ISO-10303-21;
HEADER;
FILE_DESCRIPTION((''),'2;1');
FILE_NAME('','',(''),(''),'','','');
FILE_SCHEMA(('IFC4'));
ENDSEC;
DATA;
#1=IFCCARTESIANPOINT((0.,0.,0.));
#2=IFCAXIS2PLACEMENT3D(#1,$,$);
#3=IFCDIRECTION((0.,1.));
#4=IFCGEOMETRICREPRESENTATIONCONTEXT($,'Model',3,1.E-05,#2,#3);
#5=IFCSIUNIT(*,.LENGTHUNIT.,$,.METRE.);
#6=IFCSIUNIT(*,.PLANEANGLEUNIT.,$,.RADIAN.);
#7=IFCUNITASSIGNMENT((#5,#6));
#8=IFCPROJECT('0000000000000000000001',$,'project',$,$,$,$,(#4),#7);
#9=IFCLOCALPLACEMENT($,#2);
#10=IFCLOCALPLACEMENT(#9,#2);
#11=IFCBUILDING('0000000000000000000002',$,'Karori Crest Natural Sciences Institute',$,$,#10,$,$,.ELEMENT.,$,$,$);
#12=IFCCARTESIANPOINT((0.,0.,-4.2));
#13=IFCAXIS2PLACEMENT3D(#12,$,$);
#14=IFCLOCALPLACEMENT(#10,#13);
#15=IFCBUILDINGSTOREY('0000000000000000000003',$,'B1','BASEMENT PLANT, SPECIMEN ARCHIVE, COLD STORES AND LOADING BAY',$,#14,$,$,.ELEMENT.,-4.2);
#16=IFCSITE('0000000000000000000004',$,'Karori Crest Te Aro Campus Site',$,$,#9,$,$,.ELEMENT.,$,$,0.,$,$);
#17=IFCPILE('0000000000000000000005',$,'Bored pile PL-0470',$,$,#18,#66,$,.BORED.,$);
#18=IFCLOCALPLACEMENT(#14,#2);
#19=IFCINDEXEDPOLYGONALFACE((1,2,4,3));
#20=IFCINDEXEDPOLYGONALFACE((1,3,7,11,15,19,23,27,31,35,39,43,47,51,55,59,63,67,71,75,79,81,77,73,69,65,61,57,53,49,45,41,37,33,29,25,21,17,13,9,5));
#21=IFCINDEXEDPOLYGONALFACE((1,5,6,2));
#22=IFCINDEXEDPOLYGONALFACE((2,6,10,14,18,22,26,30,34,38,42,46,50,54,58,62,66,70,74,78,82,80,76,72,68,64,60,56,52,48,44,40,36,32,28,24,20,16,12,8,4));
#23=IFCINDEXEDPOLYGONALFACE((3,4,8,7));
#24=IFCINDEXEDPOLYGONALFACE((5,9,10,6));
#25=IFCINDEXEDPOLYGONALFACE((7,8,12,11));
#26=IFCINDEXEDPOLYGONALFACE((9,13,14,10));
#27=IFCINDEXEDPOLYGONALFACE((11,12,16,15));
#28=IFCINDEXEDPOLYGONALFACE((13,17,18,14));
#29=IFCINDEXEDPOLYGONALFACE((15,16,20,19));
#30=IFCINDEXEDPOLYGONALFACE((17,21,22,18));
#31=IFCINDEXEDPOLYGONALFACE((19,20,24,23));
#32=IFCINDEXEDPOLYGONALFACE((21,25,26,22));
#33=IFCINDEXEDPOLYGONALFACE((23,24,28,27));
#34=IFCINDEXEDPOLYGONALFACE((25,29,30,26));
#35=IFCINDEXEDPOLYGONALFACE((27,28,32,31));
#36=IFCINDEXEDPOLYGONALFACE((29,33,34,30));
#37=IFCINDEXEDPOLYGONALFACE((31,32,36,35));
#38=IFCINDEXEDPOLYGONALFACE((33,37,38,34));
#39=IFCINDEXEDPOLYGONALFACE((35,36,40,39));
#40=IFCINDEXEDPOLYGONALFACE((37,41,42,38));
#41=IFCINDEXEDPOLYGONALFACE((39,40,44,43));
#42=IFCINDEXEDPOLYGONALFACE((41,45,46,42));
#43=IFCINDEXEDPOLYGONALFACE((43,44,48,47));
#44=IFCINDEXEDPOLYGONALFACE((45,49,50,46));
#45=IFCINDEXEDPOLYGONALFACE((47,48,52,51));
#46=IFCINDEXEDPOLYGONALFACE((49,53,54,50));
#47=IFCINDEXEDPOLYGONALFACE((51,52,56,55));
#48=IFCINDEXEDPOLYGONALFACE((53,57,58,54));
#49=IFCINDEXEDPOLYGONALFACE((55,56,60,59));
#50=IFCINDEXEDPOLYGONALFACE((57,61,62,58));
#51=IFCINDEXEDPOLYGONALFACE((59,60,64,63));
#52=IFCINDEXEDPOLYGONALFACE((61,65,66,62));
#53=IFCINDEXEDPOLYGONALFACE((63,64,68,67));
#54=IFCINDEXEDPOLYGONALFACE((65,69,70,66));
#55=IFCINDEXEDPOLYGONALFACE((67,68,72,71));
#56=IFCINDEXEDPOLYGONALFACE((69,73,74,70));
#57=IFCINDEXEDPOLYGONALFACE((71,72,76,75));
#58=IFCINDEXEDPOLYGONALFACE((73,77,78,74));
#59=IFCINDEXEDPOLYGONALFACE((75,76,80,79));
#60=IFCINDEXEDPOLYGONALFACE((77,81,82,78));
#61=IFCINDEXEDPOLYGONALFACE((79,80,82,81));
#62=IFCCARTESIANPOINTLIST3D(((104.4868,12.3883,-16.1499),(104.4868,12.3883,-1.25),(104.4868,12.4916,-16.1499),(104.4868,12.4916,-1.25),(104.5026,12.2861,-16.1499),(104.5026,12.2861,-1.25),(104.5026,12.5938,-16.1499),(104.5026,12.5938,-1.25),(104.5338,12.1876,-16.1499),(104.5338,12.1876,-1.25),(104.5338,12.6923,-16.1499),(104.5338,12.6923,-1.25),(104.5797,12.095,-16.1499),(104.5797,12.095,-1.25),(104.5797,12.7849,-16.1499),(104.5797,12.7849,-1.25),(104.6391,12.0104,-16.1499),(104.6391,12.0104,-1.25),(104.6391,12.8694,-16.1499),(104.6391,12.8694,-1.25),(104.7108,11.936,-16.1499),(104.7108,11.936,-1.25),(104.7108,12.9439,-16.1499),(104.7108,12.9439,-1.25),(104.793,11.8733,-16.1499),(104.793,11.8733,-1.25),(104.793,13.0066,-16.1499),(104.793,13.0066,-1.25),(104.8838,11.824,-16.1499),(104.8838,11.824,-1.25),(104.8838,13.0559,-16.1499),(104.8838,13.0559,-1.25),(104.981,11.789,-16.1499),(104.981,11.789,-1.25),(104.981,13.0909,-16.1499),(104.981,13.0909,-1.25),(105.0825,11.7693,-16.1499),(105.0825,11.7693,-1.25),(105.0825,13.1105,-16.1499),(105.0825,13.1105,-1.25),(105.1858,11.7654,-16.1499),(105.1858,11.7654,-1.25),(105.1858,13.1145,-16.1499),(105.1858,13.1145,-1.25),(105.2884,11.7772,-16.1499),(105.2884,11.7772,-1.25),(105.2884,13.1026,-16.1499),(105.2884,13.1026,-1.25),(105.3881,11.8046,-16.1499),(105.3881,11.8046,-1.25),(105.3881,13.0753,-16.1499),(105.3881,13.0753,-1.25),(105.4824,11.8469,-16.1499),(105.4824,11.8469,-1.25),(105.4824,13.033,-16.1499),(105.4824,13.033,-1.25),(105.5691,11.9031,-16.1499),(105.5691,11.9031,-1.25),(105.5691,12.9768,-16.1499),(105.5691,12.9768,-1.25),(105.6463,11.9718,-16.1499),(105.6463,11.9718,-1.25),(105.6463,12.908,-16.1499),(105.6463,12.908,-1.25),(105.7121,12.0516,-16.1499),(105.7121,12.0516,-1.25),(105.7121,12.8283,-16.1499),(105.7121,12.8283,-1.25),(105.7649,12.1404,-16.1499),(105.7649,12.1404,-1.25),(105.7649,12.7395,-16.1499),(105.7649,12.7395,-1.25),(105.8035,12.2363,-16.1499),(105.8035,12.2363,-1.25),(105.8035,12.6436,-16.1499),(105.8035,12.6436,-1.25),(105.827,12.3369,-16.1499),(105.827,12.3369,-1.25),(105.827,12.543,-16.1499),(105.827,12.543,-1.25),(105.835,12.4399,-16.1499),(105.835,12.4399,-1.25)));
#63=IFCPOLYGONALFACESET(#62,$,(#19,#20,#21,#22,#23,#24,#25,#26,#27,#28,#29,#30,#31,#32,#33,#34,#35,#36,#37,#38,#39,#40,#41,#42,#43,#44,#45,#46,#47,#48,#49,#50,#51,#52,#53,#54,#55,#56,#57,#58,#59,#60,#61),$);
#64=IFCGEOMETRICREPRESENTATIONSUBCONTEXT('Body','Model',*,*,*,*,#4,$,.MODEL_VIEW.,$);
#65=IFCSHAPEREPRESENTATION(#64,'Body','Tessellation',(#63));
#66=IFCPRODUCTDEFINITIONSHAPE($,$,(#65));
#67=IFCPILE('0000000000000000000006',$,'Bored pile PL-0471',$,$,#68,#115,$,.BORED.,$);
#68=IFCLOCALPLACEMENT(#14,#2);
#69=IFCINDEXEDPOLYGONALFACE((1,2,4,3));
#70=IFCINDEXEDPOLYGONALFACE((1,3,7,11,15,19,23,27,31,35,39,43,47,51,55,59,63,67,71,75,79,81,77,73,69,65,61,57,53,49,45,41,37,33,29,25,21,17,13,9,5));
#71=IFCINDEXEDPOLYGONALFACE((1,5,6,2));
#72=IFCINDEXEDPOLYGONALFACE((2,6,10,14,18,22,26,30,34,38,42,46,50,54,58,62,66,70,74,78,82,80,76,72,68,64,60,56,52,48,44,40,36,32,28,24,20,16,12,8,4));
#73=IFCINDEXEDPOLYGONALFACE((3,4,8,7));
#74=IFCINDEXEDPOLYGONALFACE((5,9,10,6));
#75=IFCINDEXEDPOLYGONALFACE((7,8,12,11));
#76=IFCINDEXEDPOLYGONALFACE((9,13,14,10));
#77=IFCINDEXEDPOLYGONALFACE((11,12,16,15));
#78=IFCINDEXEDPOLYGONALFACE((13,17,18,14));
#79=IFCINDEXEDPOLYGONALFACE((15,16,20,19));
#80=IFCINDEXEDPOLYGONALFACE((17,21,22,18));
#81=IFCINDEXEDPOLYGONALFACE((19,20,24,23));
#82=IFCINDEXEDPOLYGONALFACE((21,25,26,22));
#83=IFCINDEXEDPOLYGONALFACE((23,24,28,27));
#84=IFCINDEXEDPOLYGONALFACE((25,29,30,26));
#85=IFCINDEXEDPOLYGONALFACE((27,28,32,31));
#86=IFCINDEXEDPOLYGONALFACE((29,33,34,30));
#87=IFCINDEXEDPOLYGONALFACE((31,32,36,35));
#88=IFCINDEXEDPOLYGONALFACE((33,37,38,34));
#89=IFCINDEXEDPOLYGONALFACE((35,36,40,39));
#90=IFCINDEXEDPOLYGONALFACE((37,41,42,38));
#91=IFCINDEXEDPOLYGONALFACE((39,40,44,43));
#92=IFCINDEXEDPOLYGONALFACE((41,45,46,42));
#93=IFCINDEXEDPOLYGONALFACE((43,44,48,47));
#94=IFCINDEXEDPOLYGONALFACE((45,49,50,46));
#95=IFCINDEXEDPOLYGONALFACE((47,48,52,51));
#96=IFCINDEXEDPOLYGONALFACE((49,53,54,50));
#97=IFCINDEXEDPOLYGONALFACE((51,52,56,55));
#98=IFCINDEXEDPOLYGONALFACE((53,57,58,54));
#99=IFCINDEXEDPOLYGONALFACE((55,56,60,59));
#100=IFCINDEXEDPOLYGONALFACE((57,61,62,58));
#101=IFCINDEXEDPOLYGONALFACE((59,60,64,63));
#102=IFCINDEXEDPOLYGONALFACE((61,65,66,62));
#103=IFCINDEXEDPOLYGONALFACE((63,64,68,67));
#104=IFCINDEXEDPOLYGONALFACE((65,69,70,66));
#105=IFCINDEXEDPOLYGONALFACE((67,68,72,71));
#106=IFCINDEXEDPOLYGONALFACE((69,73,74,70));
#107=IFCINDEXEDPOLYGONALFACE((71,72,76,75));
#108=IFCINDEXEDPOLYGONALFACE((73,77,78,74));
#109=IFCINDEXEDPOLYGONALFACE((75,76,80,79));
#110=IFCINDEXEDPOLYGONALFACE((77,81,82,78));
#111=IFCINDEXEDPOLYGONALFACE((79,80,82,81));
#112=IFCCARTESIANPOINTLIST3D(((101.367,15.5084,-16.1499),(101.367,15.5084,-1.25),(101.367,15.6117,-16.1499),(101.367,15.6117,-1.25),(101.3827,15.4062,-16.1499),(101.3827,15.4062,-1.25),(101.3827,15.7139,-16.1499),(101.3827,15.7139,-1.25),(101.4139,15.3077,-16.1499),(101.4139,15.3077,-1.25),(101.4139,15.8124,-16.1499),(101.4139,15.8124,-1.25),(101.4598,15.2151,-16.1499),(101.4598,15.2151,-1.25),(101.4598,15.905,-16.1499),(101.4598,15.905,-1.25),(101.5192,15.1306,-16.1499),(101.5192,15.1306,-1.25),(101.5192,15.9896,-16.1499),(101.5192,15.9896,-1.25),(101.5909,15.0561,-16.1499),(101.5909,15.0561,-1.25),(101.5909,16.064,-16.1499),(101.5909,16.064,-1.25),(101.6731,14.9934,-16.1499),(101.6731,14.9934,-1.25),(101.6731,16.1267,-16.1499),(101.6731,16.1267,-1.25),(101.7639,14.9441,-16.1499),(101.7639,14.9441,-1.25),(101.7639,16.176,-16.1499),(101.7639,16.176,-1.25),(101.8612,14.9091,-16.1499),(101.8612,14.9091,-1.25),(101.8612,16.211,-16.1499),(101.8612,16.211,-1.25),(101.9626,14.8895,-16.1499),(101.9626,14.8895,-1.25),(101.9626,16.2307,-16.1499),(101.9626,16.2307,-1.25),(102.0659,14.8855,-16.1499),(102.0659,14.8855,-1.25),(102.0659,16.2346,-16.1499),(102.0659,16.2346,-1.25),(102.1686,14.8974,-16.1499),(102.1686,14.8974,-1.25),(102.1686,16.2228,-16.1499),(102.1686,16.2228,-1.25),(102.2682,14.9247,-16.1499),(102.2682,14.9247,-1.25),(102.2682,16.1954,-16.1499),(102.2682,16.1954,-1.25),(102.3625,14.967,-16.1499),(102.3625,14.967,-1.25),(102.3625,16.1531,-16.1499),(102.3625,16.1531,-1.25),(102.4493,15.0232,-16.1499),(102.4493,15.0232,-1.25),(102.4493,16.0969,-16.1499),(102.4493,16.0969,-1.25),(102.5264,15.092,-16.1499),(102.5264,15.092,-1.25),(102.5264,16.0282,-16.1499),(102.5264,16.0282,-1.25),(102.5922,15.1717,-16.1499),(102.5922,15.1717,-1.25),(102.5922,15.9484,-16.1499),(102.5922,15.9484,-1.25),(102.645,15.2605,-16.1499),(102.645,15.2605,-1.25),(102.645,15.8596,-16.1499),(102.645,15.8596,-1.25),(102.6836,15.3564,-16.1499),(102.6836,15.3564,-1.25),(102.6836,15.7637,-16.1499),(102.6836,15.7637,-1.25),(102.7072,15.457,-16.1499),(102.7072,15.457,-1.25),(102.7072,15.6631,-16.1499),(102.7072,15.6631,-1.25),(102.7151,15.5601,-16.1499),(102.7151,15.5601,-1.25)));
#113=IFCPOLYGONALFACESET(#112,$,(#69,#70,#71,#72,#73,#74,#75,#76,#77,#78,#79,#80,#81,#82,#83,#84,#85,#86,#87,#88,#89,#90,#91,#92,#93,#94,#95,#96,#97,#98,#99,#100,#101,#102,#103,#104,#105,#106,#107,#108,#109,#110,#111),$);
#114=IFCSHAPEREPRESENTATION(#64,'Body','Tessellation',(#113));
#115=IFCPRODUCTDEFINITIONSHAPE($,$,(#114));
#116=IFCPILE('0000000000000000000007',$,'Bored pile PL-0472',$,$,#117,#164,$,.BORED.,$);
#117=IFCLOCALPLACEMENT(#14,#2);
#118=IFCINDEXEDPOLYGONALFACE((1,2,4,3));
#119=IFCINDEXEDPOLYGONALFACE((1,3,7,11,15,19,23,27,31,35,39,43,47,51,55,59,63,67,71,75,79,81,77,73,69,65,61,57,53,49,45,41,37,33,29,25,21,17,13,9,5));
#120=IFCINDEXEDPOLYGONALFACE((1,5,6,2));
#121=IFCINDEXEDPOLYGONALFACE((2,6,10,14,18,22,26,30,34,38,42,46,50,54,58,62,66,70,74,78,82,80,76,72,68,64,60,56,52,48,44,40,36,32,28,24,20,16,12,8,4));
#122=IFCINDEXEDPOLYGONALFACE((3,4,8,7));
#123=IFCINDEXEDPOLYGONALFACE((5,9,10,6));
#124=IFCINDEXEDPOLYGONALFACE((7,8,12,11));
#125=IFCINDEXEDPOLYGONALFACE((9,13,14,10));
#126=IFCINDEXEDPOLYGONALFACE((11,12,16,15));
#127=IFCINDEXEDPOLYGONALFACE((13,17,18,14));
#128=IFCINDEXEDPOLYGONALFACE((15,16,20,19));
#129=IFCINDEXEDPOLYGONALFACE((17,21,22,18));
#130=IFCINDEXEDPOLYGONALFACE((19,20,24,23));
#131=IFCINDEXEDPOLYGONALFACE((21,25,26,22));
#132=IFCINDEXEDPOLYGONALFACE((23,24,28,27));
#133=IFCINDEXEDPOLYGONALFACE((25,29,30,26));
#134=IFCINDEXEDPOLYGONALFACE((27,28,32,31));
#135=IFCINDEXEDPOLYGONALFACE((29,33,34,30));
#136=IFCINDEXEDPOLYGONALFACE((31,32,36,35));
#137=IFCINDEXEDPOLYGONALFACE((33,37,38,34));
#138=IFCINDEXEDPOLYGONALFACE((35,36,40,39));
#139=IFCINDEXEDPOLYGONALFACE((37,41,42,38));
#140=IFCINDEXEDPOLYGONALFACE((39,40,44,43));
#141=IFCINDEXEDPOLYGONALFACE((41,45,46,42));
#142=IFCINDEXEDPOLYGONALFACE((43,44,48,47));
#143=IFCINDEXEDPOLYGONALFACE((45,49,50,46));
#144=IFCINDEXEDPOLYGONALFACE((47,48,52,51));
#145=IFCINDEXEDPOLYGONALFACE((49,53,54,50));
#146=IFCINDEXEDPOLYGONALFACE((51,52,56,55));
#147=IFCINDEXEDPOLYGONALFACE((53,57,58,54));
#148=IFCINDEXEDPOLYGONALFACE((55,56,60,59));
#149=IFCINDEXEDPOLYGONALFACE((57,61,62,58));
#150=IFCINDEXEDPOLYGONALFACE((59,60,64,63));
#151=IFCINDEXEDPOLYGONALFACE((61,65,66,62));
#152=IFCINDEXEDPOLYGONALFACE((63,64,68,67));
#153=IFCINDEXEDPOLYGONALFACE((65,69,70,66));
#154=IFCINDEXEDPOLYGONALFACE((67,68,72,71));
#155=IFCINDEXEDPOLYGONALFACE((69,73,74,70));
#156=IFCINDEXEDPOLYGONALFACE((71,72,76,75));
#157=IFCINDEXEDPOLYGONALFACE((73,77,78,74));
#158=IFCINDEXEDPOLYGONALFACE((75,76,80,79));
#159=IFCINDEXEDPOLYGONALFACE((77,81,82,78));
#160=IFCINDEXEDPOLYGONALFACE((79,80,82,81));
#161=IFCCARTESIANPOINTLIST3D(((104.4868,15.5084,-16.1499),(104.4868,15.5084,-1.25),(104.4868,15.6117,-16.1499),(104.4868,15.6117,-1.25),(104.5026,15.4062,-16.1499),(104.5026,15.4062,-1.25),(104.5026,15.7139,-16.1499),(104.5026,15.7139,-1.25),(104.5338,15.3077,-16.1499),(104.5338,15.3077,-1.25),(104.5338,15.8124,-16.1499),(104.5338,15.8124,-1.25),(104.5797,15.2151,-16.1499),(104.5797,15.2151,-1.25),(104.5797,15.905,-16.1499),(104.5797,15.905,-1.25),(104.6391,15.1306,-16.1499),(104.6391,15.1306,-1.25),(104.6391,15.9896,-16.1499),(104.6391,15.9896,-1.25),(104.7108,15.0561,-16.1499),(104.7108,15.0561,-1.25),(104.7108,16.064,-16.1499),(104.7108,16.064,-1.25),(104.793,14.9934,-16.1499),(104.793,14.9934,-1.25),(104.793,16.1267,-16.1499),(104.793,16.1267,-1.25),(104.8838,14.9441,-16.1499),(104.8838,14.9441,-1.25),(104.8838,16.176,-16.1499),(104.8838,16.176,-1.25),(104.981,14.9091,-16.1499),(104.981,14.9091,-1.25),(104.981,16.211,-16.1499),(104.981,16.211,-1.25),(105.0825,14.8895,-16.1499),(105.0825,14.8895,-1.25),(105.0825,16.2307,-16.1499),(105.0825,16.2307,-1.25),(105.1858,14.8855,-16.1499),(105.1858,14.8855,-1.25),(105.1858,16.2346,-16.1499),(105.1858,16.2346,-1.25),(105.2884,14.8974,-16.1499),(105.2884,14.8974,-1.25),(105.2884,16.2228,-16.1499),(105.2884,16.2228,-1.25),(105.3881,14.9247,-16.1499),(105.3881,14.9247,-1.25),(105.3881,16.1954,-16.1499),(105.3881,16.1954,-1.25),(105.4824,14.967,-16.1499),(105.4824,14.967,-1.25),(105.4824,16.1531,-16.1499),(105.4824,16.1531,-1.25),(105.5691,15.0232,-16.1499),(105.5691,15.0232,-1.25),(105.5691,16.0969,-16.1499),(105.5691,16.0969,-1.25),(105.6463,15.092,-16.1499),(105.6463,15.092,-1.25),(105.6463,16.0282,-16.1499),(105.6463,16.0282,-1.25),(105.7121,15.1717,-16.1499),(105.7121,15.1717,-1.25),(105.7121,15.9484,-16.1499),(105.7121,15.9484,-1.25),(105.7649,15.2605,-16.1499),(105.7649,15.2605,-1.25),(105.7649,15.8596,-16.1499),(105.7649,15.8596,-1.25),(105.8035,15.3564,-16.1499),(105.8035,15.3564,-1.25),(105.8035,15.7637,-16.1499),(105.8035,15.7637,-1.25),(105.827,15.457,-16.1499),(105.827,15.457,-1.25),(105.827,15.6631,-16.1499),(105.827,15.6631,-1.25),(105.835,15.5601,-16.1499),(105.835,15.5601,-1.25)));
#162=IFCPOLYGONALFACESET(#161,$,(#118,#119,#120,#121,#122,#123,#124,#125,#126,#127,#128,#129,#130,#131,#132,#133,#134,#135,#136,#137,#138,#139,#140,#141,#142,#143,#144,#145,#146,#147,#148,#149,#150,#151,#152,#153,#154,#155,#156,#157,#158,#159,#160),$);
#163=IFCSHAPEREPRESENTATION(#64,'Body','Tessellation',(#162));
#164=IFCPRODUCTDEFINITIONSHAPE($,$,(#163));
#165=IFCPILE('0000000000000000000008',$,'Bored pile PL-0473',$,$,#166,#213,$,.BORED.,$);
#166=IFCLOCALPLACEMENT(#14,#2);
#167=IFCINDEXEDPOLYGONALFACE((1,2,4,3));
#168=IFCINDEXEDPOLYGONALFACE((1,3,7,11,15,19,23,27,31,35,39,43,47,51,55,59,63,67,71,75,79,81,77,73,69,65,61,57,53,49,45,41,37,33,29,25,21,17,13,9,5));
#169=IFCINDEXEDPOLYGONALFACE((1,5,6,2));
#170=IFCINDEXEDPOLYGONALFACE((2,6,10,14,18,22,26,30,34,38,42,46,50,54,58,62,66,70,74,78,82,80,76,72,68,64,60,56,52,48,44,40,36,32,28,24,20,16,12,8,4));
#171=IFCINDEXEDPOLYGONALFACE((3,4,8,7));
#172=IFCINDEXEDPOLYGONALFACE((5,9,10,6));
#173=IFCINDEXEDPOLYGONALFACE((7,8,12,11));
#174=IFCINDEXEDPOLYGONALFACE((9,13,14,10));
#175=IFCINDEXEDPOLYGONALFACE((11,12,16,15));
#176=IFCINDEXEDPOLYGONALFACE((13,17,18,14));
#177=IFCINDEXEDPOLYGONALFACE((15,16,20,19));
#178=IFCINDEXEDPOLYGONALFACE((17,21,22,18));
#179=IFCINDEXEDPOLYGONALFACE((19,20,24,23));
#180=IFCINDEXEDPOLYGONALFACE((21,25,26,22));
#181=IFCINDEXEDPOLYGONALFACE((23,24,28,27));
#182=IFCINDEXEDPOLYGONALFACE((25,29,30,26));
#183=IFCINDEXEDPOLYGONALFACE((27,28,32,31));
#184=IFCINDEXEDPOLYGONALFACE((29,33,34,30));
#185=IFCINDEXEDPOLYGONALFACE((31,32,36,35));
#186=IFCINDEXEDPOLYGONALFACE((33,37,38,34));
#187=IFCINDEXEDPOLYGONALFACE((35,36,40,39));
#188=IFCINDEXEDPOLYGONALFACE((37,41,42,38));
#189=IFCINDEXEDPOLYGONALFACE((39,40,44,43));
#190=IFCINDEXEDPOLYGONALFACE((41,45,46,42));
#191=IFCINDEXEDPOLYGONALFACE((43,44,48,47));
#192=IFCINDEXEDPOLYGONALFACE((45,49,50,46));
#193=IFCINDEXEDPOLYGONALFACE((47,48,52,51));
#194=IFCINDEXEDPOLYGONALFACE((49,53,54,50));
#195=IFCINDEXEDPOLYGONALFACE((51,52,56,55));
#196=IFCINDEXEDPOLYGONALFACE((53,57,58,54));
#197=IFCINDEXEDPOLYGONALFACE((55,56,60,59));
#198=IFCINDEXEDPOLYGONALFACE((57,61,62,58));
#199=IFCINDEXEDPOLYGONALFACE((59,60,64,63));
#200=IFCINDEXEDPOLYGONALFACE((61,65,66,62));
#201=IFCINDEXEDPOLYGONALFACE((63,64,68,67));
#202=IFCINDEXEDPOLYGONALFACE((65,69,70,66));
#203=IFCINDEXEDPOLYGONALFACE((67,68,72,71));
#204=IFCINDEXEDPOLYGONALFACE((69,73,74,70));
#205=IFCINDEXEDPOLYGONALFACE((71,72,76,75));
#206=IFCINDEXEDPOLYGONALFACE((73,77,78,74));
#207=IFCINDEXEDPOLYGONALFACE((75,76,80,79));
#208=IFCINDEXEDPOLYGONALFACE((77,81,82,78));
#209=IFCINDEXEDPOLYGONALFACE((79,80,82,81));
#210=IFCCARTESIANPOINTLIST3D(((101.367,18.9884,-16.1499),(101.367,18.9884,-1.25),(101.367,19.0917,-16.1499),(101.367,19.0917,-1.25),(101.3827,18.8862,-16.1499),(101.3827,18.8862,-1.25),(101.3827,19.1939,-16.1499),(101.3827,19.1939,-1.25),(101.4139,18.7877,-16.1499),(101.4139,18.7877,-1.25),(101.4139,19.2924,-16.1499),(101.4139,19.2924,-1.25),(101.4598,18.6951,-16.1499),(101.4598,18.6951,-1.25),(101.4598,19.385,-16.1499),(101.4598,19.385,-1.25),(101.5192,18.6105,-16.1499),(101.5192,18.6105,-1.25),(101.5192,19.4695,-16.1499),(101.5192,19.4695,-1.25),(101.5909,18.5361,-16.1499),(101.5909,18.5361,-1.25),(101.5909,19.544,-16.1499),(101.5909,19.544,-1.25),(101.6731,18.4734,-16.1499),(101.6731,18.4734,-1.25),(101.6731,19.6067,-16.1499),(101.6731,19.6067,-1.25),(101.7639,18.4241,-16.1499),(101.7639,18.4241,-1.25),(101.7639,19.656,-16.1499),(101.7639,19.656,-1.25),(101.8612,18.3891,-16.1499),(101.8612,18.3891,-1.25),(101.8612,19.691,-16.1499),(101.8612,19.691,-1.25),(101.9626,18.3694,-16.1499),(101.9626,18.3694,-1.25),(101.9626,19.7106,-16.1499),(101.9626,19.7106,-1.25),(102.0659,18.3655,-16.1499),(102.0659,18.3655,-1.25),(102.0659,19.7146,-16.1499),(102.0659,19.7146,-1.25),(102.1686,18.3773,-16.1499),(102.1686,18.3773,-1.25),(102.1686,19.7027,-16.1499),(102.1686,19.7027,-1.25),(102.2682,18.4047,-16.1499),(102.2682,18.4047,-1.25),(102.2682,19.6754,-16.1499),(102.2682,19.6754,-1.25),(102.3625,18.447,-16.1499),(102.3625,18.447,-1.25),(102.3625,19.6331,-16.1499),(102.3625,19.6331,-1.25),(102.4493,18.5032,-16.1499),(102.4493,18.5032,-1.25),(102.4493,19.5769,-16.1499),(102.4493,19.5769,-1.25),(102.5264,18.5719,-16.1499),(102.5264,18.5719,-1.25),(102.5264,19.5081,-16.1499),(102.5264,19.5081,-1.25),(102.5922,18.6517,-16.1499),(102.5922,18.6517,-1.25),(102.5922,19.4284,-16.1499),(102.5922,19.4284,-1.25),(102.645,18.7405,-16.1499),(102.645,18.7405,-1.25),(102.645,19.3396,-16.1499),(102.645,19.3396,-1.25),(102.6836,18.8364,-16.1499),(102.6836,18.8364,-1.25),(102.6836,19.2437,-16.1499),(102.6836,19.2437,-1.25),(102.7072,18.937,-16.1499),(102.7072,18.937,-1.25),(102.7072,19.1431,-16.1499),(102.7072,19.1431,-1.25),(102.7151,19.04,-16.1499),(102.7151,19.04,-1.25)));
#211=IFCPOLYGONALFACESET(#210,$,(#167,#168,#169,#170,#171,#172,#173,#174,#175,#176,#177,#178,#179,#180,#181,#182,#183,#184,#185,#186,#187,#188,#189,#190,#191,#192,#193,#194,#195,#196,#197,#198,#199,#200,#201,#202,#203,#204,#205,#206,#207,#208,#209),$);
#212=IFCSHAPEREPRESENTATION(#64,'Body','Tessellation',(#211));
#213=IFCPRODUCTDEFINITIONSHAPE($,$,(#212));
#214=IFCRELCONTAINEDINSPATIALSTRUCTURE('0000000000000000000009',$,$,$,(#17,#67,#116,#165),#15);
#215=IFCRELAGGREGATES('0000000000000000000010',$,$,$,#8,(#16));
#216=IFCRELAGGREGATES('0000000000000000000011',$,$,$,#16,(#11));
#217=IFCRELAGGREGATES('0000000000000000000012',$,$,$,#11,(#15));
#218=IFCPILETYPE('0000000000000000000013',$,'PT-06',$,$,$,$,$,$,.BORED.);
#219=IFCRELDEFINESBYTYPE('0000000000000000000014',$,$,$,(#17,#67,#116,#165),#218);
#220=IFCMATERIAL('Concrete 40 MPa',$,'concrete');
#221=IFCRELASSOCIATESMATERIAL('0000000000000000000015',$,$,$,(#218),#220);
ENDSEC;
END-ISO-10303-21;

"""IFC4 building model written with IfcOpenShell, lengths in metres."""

from ifc_helpers import new_model, si_unit, direction, frame, origin, origin_2d, place, context, subcontext, project, spatial, circle, extrude, material, material_profile, profile_set, type_object, element, save


model = new_model("IFC4")

# Units and contexts
model_context = context("Model", 3, precision=1e-05, world=origin(), true_north=direction((0.0, 1.0)))
body_context = subcontext(model_context, "Body", "Model", "MODEL_VIEW")
ifc_project = project(units=[si_unit("LENGTHUNIT", "METRE"), si_unit("PLANEANGLEUNIT", "RADIAN")], contexts=[model_context])

# Site, building, storey
site_placement = place(None, origin())
site = spatial("IfcSite", under=ifc_project, at=site_placement, Name="Karori Crest Te Aro Campus Site", CompositionType="ELEMENT", RefElevation=0.0)
building_placement = place(site_placement, origin())
building = spatial("IfcBuilding", under=site, at=building_placement, Name="Karori Crest Natural Sciences Institute", CompositionType="ELEMENT")
storey_placement = place(building_placement, frame((0.0, 0.0, -4.2)))
storey = spatial("IfcBuildingStorey", under=building, at=storey_placement, Name="B1", Description="BASEMENT PLANT, SPECIMEN ARCHIVE, COLD STORES AND LOADING BAY", CompositionType="ELEMENT", Elevation=-4.2)

# Shared definitions
ifc_material_1 = material(Name="Concrete 40 MPa", Category="concrete")

# Piles
ifc_material_profile_1 = material_profile(ifc_material_1, circle(Radius=0.675, at=origin_2d()), Name="PILE1350")
ifc_profile_set_1 = profile_set([ifc_material_profile_1], Name="Concrete 40 MPa")
pile_type = type_object("IfcPileType", Name="PT-06", PredefinedType="BORED", material=ifc_profile_set_1)
for number, where, z_axis, x_axis, name in (
    (1, (105.1599, 12.4399, -1.25), (0.0, 0.0, -1.0), (1.0, 0.0, 0.0), "Bored pile PL-0470"),
    (2, (102.04, 15.5601, -1.25), (0.0, 0.0, -1.0), (1.0, 0.0, 0.0), "Bored pile PL-0471"),
    (3, (105.1599, 15.5601, -1.25), (0.0, 0.0, -1.0), (1.0, 0.0, 0.0), "Bored pile PL-0472"),
    (4, (102.04, 19.04, -1.25), (0.0, 0.0, -1.0), (1.0, 0.0, 0.0), "Bored pile PL-0473"),
):
    element("IfcPile", number, at=place(storey_placement, frame(where, z_axis=z_axis, x_axis=x_axis)), inside=storey, type_object=pile_type, Name=name, PredefinedType="BORED", context=body_context, shape_type="SweptSolid", body=[
        extrude(circle(Radius=0.675, at=origin_2d()), origin(), (0.0, 0.0, 1.0), 14.8999),
    ])

save(model, "model.ifc")
